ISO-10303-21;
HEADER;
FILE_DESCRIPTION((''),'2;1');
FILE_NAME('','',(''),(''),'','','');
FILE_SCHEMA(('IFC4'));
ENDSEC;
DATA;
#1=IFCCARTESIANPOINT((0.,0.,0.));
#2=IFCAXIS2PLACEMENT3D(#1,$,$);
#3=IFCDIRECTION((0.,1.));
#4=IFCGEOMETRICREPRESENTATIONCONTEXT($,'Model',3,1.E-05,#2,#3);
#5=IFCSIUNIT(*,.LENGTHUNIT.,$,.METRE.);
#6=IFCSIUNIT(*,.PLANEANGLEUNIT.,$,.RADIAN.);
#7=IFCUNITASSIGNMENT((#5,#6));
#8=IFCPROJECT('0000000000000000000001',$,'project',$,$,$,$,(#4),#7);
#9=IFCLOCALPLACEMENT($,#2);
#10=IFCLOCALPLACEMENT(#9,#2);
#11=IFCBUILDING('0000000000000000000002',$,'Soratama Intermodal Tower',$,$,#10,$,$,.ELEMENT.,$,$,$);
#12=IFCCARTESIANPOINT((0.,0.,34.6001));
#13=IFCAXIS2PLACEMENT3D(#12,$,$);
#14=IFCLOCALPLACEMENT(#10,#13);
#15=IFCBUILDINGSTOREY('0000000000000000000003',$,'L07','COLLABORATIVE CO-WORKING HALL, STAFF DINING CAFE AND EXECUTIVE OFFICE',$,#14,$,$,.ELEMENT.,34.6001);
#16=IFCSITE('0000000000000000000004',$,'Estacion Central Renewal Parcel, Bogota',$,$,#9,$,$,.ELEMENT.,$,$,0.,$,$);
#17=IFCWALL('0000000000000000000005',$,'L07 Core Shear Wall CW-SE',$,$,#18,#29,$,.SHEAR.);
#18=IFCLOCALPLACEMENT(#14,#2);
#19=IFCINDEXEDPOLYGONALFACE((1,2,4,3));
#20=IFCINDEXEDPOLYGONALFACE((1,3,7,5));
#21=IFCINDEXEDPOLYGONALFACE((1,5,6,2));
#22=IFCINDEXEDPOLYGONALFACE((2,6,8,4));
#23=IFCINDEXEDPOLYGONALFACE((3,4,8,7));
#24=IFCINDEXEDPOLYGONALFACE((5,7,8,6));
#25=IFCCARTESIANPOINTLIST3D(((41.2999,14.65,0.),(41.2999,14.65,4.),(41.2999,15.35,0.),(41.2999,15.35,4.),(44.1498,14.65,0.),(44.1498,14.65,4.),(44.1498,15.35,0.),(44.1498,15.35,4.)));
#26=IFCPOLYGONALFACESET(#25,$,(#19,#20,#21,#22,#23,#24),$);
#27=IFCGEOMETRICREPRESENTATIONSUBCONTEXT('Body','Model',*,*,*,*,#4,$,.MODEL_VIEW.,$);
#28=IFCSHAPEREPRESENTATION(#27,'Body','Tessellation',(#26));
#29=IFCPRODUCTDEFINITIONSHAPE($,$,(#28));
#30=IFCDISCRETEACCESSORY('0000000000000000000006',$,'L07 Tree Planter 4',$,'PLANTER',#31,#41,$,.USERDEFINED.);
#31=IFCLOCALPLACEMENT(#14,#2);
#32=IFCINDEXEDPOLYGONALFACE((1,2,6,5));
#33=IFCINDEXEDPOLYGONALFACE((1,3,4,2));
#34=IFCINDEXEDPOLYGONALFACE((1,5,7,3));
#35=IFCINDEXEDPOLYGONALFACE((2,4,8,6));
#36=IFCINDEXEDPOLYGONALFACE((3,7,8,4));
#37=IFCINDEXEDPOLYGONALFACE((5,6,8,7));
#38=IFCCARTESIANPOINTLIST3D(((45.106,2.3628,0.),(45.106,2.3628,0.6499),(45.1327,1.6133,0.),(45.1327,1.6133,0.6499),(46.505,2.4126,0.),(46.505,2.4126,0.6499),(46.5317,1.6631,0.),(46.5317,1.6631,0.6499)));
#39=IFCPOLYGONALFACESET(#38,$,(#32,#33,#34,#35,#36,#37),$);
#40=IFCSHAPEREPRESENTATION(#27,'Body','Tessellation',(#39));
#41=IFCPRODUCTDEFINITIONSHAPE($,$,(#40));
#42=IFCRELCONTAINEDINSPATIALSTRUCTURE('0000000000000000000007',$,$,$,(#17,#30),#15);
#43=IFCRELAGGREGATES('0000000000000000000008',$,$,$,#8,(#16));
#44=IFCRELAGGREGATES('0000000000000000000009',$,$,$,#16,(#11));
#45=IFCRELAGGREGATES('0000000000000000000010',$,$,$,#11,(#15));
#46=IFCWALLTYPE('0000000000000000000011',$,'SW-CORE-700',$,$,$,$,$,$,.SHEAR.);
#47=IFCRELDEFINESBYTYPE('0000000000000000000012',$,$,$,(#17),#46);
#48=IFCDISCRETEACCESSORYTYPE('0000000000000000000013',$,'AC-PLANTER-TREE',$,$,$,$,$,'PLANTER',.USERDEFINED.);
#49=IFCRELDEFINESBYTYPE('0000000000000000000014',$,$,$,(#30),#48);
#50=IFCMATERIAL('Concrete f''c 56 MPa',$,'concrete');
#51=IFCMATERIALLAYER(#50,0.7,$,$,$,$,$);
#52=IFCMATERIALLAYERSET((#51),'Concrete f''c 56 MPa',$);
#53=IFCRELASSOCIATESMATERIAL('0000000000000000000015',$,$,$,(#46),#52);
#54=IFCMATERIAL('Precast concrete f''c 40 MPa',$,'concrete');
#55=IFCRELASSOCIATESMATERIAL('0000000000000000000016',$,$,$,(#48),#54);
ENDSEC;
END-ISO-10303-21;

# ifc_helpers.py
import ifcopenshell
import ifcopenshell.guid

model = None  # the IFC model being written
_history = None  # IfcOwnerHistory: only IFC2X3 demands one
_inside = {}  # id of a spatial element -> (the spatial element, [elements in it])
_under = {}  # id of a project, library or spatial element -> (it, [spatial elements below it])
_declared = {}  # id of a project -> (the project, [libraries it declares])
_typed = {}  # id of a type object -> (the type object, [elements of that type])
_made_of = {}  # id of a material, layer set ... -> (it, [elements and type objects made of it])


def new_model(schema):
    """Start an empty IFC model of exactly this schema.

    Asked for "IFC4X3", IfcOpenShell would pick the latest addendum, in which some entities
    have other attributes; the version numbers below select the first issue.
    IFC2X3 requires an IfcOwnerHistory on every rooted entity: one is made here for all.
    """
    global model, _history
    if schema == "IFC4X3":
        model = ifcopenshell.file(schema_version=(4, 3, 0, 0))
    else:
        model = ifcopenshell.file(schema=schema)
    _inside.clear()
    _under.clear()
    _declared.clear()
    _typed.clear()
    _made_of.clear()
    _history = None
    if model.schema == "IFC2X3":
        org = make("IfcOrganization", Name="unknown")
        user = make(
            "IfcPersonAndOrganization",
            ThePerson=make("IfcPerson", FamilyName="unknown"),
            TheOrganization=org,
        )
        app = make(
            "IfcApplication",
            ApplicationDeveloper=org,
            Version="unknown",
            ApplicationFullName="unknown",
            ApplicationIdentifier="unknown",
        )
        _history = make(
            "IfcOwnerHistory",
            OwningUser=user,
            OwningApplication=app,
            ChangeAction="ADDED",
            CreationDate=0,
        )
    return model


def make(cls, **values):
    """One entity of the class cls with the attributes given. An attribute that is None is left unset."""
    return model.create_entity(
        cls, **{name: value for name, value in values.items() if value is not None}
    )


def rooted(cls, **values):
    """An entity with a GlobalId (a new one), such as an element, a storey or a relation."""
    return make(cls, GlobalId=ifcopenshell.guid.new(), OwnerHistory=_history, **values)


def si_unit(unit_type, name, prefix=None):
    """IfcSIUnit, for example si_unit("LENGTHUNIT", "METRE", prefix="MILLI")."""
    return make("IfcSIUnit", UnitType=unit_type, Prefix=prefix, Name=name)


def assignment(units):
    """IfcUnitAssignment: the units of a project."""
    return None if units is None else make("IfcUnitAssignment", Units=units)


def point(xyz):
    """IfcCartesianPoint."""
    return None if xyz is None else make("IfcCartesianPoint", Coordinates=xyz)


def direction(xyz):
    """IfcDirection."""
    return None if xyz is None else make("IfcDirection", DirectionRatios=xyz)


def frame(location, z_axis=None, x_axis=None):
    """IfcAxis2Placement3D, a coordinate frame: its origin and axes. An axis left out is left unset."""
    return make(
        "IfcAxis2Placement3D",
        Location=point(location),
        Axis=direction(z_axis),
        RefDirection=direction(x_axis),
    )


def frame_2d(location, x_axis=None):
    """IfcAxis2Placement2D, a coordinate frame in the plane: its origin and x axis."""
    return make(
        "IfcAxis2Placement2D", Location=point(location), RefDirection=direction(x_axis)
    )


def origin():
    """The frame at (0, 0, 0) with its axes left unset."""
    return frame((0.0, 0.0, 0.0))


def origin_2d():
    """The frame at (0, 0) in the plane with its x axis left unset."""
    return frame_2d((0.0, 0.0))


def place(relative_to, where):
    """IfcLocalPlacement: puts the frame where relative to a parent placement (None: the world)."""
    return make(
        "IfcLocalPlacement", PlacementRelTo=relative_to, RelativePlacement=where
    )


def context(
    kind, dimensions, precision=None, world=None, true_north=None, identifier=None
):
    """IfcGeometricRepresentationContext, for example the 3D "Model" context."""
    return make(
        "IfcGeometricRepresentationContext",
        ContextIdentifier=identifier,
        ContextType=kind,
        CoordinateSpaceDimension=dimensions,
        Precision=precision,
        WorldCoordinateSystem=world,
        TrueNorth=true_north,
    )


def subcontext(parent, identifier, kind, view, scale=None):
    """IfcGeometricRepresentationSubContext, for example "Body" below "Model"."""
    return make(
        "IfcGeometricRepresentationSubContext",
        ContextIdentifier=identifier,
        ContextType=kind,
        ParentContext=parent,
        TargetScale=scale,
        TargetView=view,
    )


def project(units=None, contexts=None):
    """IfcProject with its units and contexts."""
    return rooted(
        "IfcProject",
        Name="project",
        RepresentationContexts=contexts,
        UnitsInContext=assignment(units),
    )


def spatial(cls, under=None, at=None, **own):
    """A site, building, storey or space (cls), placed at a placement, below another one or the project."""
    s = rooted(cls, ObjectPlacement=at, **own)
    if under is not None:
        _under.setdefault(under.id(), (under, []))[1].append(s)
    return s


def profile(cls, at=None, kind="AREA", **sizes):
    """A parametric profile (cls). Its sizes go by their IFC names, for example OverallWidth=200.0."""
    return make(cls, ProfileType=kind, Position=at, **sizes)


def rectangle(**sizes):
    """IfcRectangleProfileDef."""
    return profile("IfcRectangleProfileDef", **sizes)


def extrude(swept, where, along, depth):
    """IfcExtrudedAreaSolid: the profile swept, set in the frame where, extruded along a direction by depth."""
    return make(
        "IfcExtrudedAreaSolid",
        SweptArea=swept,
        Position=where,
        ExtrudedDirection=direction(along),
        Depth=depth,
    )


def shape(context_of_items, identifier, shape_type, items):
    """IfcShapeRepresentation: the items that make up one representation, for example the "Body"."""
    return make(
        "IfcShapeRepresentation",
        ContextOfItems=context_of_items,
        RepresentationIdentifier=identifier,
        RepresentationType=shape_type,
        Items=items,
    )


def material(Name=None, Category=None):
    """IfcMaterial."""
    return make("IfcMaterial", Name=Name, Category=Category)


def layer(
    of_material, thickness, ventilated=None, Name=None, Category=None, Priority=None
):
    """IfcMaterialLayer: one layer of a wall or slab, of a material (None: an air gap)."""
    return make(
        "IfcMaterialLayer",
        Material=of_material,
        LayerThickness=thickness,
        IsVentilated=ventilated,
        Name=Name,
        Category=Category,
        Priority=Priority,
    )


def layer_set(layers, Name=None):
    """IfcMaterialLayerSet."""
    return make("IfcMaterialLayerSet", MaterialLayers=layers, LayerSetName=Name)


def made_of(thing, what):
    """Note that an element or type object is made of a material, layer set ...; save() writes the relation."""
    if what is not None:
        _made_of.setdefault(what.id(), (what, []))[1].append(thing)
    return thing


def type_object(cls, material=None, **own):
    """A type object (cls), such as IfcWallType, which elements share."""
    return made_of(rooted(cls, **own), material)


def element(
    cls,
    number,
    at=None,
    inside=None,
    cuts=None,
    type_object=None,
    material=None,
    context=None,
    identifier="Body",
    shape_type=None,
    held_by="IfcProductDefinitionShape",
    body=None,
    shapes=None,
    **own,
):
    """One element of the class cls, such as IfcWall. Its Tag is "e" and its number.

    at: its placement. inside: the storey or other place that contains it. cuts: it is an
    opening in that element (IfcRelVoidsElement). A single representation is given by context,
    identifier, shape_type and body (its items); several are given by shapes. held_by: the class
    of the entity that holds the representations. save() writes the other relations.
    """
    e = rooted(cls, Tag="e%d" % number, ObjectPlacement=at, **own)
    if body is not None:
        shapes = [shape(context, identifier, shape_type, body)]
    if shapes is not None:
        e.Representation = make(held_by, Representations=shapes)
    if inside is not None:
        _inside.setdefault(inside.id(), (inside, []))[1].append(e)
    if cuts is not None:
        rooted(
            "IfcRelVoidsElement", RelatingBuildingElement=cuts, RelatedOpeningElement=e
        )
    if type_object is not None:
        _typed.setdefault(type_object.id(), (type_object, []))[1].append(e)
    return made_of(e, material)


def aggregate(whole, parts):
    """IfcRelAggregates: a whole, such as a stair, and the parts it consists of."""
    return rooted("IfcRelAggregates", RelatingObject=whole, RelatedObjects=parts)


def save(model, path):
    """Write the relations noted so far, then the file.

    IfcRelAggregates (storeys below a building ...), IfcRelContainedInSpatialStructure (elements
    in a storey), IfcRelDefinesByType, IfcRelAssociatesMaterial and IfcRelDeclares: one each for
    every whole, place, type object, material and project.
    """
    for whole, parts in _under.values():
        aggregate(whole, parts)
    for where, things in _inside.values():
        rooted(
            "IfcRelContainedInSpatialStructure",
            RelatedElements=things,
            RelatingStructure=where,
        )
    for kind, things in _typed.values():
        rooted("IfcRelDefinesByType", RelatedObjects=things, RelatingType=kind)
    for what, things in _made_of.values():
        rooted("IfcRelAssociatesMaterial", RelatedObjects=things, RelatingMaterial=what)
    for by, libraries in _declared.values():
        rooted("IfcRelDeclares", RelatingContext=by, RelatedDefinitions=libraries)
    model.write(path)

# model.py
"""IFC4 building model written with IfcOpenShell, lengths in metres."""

from ifc_helpers import new_model, si_unit, direction, frame, frame_2d, origin, origin_2d, place, context, subcontext, project, spatial, rectangle, extrude, material, layer, layer_set, type_object, element, save


model = new_model("IFC4")

# Units and contexts
model_context = context("Model", 3, precision=1e-05, world=origin(), true_north=direction((0.0, 1.0)))
body_context = subcontext(model_context, "Body", "Model", "MODEL_VIEW")
ifc_project = project(units=[si_unit("LENGTHUNIT", "METRE"), si_unit("PLANEANGLEUNIT", "RADIAN")], contexts=[model_context])

# Site, building, storey
site_placement = place(None, origin())
site = spatial("IfcSite", under=ifc_project, at=site_placement, Name="Estacion Central Renewal Parcel, Bogota", CompositionType="ELEMENT", RefElevation=0.0)
building_placement = place(site_placement, origin())
building = spatial("IfcBuilding", under=site, at=building_placement, Name="Soratama Intermodal Tower", CompositionType="ELEMENT")
storey_placement = place(building_placement, frame((0.0, 0.0, 34.6001)))
storey = spatial("IfcBuildingStorey", under=building, at=storey_placement, Name="L07", Description="COLLABORATIVE CO-WORKING HALL, STAFF DINING CAFE AND EXECUTIVE OFFICE", CompositionType="ELEMENT", Elevation=34.6001)

# Wall
ifc_material_1 = material(Name="Concrete f'c 56 MPa", Category="concrete")
ifc_layer_1 = layer(ifc_material_1, 0.7)
ifc_layer_set_1 = layer_set([ifc_layer_1], Name="Concrete f'c 56 MPa")
wall_type_1 = type_object("IfcWallType", Name="SW-CORE-700", PredefinedType="SHEAR", material=ifc_layer_set_1)
wall_1_placement = place(storey_placement, frame((41.3, 15.0, 0.0), z_axis=(0.0, 0.0, 1.0), x_axis=(1.0, 0.0, 0.0)))
element("IfcWall", 1, at=wall_1_placement, inside=storey, type_object=wall_type_1, Name="L07 Core Shear Wall CW-SE", PredefinedType="SHEAR", context=body_context, shape_type="SweptSolid", body=[
    extrude(rectangle(XDim=2.8499, YDim=0.7, at=frame_2d((1.4248, 0.0))), origin(), (0.0, 0.0, 1.0), 4.0),
])

# Discrete accessory
ifc_material_2 = material(Name="Precast concrete f'c 40 MPa", Category="concrete")
discrete_accessory_type = type_object("IfcDiscreteAccessoryType", Name="AC-PLANTER-TREE", ElementType="PLANTER", PredefinedType="USERDEFINED", material=ifc_material_2)
discrete_accessory_placement = place(storey_placement, frame((45.8188, 2.0129, 0.0), z_axis=(0.0, 0.0, 1.0), x_axis=(0.035597, -0.999366, 0.0)))
element("IfcDiscreteAccessory", 2, at=discrete_accessory_placement, inside=storey, type_object=discrete_accessory_type, Name="L07 Tree Planter 4", ObjectType="PLANTER", PredefinedType="USERDEFINED", context=body_context, shape_type="SweptSolid", body=[
    extrude(rectangle(XDim=0.75, YDim=1.3999, at=origin_2d()), origin(), (0.0, 0.0, 1.0), 0.6499),
])

save(model, "model.ifc")
